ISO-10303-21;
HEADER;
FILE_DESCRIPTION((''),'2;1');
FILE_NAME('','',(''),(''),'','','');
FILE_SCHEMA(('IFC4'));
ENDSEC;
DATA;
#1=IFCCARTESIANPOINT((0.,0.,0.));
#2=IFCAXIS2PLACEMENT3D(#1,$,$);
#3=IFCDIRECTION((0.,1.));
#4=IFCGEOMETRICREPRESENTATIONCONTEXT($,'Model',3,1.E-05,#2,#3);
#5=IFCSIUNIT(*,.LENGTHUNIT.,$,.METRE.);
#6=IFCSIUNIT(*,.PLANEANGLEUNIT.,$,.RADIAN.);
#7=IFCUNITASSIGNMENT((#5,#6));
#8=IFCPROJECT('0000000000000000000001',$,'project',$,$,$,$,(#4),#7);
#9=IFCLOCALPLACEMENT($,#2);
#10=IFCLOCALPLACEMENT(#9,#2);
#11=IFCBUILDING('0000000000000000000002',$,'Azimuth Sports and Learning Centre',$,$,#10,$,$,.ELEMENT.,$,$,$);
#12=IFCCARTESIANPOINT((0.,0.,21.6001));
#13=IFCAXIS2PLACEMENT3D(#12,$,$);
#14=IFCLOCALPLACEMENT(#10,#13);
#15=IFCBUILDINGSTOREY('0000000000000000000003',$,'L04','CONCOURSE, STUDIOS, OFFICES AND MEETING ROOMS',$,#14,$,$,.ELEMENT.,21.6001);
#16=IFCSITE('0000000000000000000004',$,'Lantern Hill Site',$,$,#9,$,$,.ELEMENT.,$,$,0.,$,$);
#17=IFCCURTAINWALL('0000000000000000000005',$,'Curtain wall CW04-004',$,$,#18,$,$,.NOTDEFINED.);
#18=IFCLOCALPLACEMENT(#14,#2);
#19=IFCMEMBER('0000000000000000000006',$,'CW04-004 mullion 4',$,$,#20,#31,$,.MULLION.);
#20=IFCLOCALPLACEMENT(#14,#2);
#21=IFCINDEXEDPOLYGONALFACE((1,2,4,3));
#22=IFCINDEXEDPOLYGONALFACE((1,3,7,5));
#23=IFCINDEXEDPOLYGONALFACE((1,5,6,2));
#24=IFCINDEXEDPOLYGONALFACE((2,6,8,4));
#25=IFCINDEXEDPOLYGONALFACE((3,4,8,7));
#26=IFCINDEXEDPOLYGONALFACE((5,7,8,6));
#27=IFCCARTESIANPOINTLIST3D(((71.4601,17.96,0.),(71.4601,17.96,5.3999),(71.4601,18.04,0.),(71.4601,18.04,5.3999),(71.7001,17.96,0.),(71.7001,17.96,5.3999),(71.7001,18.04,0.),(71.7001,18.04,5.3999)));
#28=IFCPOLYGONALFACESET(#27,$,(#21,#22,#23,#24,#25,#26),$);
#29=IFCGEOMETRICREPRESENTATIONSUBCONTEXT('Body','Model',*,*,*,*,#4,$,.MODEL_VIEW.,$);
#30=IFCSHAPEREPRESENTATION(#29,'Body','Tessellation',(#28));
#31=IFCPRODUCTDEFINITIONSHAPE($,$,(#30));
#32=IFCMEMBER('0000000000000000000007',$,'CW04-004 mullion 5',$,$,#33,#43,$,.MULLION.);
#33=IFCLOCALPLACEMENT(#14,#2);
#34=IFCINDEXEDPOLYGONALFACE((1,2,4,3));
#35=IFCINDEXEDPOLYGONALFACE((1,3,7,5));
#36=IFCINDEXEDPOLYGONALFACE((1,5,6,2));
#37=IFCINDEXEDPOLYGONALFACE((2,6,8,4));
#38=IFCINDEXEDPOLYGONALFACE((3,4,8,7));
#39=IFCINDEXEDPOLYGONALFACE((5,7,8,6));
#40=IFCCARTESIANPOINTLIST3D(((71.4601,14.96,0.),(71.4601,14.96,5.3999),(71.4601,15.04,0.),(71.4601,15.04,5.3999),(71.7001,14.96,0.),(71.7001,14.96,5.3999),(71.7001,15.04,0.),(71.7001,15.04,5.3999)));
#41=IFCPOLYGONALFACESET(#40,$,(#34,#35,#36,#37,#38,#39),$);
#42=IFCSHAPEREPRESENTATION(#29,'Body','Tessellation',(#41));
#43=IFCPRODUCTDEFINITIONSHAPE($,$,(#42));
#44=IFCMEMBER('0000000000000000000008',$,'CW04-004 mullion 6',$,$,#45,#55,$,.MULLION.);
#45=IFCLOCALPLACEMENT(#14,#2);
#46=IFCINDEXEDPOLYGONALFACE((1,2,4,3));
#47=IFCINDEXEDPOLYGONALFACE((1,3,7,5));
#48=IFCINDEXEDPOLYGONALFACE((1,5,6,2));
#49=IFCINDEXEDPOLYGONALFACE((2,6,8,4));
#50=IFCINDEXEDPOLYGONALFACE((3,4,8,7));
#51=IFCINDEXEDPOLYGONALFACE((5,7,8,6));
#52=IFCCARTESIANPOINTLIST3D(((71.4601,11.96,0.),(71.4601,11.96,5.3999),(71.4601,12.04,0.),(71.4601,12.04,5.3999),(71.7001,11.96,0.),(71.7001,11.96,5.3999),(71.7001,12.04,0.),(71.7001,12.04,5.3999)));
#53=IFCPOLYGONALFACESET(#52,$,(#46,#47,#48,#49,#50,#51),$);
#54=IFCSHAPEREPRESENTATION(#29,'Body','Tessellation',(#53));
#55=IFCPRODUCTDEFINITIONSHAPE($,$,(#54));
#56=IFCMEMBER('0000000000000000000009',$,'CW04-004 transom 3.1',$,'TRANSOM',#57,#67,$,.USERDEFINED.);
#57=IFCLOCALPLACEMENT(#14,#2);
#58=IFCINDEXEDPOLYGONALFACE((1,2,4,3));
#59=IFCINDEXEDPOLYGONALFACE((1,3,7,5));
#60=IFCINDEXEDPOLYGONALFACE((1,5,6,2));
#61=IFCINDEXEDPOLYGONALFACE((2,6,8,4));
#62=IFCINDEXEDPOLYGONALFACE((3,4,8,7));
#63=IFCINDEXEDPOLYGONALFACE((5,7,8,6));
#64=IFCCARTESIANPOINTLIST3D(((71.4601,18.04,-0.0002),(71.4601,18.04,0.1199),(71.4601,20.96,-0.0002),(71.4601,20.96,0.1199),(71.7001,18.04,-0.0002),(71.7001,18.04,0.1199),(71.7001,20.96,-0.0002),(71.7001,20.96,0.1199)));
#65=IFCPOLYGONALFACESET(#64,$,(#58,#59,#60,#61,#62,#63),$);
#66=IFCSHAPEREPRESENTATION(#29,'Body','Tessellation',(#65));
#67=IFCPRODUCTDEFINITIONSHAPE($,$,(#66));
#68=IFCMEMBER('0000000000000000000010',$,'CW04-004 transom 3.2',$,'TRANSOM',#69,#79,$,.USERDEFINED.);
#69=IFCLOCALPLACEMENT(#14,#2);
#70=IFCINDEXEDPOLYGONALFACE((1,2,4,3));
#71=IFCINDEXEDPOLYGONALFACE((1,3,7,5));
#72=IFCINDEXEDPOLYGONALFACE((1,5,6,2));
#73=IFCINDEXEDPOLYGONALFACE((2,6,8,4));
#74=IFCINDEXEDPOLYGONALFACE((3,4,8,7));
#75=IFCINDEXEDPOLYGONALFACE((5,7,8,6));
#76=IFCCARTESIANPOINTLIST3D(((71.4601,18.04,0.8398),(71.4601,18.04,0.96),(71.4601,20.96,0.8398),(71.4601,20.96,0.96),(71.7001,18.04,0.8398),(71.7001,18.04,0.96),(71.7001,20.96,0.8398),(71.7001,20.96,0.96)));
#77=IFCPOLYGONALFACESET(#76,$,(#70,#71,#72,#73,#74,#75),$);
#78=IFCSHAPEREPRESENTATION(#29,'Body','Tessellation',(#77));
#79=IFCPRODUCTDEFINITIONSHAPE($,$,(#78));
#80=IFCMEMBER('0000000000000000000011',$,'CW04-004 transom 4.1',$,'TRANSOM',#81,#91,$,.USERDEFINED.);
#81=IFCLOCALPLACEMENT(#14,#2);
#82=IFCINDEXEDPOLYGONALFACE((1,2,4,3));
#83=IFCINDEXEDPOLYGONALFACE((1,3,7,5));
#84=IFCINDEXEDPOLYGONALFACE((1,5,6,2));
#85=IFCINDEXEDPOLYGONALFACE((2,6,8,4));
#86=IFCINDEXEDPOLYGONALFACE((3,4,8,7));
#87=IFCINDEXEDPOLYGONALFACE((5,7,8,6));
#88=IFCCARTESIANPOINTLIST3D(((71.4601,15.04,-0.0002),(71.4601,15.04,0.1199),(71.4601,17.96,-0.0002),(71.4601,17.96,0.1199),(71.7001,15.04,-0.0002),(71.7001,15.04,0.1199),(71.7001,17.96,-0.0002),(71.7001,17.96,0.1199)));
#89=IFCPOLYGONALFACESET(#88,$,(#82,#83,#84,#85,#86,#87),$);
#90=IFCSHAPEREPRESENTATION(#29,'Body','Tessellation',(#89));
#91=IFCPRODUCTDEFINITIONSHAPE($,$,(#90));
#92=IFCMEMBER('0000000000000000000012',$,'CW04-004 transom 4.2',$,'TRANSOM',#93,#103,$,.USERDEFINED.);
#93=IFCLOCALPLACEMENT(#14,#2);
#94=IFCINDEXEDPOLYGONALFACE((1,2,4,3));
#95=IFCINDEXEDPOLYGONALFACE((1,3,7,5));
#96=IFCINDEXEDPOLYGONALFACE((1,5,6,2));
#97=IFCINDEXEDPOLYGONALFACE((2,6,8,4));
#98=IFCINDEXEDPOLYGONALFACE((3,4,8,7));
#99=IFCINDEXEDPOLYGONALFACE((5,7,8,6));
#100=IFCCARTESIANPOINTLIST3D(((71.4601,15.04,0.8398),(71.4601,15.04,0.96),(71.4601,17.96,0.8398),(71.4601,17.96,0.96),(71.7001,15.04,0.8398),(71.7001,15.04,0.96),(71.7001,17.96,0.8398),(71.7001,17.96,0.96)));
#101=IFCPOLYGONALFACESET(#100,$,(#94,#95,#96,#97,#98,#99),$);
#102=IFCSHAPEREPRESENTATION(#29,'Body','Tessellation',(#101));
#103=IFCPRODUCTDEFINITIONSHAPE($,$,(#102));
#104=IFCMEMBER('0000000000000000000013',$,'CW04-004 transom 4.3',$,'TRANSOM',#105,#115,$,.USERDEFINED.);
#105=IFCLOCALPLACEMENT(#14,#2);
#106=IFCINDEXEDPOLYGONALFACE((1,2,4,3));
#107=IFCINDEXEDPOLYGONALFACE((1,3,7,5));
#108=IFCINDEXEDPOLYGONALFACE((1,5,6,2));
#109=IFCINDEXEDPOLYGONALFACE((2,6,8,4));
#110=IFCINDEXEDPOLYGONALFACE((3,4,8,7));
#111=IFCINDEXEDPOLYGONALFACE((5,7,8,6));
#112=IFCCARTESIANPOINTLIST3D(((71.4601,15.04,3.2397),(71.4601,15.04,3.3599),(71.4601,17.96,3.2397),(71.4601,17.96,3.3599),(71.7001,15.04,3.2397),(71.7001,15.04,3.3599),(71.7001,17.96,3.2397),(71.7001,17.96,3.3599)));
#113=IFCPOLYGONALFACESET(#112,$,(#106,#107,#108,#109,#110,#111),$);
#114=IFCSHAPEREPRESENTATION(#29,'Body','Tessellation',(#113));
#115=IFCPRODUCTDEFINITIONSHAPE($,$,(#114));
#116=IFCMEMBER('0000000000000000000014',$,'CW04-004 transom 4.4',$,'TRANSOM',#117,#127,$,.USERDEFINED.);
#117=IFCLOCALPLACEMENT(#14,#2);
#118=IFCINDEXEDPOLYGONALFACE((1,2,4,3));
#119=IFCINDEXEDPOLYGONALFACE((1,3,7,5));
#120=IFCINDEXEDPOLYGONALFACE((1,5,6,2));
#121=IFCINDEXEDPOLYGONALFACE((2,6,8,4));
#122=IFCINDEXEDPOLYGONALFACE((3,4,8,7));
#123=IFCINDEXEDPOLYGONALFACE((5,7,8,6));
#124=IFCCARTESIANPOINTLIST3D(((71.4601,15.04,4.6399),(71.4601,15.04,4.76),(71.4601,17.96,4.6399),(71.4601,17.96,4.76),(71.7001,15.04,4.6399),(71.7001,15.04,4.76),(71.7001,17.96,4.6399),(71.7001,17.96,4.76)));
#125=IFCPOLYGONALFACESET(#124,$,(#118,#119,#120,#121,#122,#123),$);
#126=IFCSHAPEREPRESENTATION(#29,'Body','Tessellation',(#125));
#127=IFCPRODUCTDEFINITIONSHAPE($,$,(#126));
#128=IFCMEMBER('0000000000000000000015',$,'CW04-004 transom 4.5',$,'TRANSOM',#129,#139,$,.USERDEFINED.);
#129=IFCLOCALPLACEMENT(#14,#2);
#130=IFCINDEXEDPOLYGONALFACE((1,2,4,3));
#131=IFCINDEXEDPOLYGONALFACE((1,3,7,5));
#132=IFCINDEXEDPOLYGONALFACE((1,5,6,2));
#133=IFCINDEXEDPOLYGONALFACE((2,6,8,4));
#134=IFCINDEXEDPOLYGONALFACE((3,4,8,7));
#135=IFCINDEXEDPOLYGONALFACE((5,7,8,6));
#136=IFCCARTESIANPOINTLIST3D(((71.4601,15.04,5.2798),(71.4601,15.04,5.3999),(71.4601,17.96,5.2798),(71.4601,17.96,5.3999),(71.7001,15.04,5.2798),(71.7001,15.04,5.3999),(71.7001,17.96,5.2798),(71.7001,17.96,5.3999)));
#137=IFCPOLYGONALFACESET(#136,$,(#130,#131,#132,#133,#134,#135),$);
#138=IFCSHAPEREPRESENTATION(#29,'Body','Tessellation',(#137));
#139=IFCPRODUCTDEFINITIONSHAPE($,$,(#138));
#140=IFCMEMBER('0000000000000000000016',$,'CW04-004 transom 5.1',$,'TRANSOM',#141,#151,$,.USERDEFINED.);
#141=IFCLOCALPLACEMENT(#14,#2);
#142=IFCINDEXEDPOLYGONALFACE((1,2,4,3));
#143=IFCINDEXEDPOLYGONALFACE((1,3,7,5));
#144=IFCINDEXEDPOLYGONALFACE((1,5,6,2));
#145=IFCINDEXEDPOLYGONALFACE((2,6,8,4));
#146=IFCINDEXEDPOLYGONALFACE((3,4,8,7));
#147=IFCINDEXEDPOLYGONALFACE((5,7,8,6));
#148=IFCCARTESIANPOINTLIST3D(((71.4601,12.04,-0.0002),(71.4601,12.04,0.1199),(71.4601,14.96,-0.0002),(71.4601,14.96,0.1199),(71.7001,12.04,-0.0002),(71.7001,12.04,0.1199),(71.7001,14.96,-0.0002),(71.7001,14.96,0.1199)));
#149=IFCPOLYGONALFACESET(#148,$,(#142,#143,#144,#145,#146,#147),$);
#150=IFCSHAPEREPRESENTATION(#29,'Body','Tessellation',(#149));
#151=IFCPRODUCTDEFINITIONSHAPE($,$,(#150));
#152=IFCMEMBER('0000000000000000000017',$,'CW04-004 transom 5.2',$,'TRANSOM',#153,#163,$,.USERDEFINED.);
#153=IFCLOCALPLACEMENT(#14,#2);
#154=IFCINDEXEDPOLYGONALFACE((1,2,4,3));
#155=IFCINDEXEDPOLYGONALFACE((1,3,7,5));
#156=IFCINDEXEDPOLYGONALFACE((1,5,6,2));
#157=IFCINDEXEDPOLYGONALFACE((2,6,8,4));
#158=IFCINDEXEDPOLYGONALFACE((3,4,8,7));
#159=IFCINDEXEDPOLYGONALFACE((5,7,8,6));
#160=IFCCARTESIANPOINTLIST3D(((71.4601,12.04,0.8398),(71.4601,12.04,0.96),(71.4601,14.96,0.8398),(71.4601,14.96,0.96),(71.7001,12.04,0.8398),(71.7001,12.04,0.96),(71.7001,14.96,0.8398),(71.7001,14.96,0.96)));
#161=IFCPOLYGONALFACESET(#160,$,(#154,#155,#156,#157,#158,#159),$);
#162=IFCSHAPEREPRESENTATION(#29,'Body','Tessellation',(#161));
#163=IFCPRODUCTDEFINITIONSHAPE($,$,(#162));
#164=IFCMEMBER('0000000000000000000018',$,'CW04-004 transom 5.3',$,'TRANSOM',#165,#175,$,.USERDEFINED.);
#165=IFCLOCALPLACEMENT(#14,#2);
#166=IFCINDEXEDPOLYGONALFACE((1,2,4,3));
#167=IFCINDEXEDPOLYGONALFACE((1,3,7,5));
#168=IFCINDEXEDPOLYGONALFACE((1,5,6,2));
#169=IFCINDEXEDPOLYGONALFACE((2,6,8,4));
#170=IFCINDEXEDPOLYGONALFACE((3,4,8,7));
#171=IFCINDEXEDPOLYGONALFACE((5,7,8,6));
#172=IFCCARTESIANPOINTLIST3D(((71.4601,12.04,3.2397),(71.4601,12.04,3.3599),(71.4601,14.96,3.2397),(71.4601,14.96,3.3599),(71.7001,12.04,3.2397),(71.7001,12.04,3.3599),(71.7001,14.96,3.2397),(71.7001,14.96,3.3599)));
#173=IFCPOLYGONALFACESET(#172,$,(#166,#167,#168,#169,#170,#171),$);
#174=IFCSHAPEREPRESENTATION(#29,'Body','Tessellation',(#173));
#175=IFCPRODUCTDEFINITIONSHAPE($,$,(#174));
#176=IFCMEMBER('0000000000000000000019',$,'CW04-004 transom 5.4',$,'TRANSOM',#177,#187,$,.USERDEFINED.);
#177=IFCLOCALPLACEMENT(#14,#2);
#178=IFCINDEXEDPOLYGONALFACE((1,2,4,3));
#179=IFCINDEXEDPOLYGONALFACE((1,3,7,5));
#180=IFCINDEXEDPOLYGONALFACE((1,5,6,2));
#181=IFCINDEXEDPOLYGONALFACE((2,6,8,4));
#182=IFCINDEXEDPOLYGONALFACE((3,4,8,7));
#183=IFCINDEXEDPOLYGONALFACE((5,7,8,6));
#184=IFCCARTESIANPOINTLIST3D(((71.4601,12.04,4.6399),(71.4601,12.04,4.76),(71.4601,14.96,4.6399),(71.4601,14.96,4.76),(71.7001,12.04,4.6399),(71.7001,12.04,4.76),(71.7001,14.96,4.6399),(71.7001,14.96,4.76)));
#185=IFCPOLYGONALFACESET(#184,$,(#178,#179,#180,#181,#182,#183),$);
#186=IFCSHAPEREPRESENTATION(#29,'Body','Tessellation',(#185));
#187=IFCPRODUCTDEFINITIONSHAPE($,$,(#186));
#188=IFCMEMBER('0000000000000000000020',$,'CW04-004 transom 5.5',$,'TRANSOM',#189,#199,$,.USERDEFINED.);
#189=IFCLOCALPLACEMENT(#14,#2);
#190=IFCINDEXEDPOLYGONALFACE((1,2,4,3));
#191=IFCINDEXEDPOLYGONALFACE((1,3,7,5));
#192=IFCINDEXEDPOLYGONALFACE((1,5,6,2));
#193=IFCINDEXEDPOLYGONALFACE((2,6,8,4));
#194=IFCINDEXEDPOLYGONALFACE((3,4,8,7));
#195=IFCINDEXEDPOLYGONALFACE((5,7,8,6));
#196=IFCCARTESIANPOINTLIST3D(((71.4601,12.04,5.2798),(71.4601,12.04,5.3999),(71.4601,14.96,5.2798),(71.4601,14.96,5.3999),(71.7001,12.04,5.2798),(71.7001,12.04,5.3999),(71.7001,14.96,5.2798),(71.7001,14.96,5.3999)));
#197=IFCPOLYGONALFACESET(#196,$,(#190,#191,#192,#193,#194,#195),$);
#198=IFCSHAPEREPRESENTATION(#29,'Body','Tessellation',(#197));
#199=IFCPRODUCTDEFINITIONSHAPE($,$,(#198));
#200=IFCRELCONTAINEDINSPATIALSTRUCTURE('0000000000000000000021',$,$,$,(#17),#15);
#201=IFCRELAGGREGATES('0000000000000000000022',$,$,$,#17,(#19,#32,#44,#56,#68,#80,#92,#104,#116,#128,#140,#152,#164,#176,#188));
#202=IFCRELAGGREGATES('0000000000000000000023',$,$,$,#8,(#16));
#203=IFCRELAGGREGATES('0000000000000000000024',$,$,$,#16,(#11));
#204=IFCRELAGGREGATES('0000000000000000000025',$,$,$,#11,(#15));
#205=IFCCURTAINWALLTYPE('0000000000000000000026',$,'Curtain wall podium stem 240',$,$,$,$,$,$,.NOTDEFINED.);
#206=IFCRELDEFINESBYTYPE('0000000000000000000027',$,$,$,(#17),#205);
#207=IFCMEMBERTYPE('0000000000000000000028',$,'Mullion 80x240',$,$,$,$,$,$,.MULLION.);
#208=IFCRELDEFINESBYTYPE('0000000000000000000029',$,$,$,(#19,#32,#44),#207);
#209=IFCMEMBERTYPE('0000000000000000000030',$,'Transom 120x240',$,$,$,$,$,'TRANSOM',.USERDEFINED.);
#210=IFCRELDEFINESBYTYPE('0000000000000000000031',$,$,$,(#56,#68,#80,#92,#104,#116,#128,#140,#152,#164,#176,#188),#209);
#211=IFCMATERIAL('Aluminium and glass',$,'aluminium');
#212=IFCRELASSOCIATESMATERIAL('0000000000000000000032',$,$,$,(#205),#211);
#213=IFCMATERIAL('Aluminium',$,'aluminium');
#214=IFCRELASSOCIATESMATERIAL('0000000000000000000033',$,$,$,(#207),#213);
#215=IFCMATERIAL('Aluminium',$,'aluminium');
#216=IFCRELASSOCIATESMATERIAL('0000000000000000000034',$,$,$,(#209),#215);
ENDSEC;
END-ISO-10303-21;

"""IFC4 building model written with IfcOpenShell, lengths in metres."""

from ifc_helpers import new_model, si_unit, direction, frame, origin, origin_2d, place, context, subcontext, project, spatial, rectangle, extrude, material, material_profile, profile_set, type_object, element, aggregate, save


model = new_model("IFC4")

# Units and contexts
model_context = context("Model", 3, precision=1e-05, world=origin(), true_north=direction((0.0, 1.0)))
body_context = subcontext(model_context, "Body", "Model", "MODEL_VIEW")
ifc_project = project(units=[si_unit("LENGTHUNIT", "METRE"), si_unit("PLANEANGLEUNIT", "RADIAN")], contexts=[model_context])

# Site, building, storey
site_placement = place(None, origin())
site = spatial("IfcSite", under=ifc_project, at=site_placement, Name="Lantern Hill Site", CompositionType="ELEMENT", RefElevation=0.0)
building_placement = place(site_placement, origin())
building = spatial("IfcBuilding", under=site, at=building_placement, Name="Azimuth Sports and Learning Centre", CompositionType="ELEMENT")
storey_placement = place(building_placement, frame((0.0, 0.0, 21.6001)))
storey = spatial("IfcBuildingStorey", under=building, at=storey_placement, Name="L04", Description="CONCOURSE, STUDIOS, OFFICES AND MEETING ROOMS", CompositionType="ELEMENT", Elevation=21.6001)

# Curtain wall, members
ifc_material_1 = material(Name="Aluminium and glass", Category="aluminium")
curtain_wall_type = type_object("IfcCurtainWallType", Name="Curtain wall podium stem 240", PredefinedType="NOTDEFINED", material=ifc_material_1)
curtain_wall_placement = place(storey_placement, origin())
curtain_wall = element("IfcCurtainWall", 1, at=curtain_wall_placement, inside=storey, type_object=curtain_wall_type, Name="Curtain wall CW04-004", PredefinedType="NOTDEFINED")
ifc_material_2 = material(Name="Aluminium", Category="aluminium")
ifc_material_profile_1 = material_profile(ifc_material_2, rectangle(XDim=0.24, YDim=0.0801, at=origin_2d()), Name="Mullion 80x240")
ifc_profile_set_1 = profile_set([ifc_material_profile_1], Name="Aluminium")
member_type_1 = type_object("IfcMemberType", Name="Mullion 80x240", PredefinedType="MULLION", material=ifc_profile_set_1)
member_1_placement = place(storey_placement, frame((71.5801, 18.0, 0.0), z_axis=(0.0, 0.0, 1.0), x_axis=(1.0, 0.0, 0.0)))
member_1 = element("IfcMember", 2, at=member_1_placement, type_object=member_type_1, Name="CW04-004 mullion 4", PredefinedType="MULLION", context=body_context, shape_type="SweptSolid", body=[
    extrude(rectangle(XDim=0.24, YDim=0.0801, at=origin_2d()), origin(), (0.0, 0.0, 1.0), 5.3999),
])
member_2_placement = place(storey_placement, frame((71.5801, 15.0, 0.0), z_axis=(0.0, 0.0, 1.0), x_axis=(1.0, 0.0, 0.0)))
member_2 = element("IfcMember", 3, at=member_2_placement, type_object=member_type_1, Name="CW04-004 mullion 5", PredefinedType="MULLION", context=body_context, shape_type="SweptSolid", body=[
    extrude(rectangle(XDim=0.24, YDim=0.0801, at=origin_2d()), origin(), (0.0, 0.0, 1.0), 5.3999),
])
member_3_placement = place(storey_placement, frame((71.5801, 12.0, 0.0), z_axis=(0.0, 0.0, 1.0), x_axis=(1.0, 0.0, 0.0)))
member_3 = element("IfcMember", 4, at=member_3_placement, type_object=member_type_1, Name="CW04-004 mullion 6", PredefinedType="MULLION", context=body_context, shape_type="SweptSolid", body=[
    extrude(rectangle(XDim=0.24, YDim=0.0801, at=origin_2d()), origin(), (0.0, 0.0, 1.0), 5.3999),
])
ifc_material_3 = material(Name="Aluminium", Category="aluminium")
ifc_material_profile_2 = material_profile(ifc_material_3, rectangle(XDim=0.24, YDim=0.1201, at=origin_2d()), Name="Transom 120x240")
ifc_profile_set_2 = profile_set([ifc_material_profile_2], Name="Aluminium")
member_type_2 = type_object("IfcMemberType", Name="Transom 120x240", ElementType="TRANSOM", PredefinedType="USERDEFINED", material=ifc_profile_set_2)
member_4_placement = place(storey_placement, frame((71.5801, 20.96, 0.0598), z_axis=(0.0, -1.0, 0.0), x_axis=(1.0, 0.0, 0.0)))
member_4 = element("IfcMember", 5, at=member_4_placement, type_object=member_type_2, Name="CW04-004 transom 3.1", ObjectType="TRANSOM", PredefinedType="USERDEFINED", context=body_context, shape_type="SweptSolid", body=[
    extrude(rectangle(XDim=0.24, YDim=0.1201, at=origin_2d()), origin(), (0.0, 0.0, 1.0), 2.9199),
])
member_5_placement = place(storey_placement, frame((71.5801, 20.96, 0.8999), z_axis=(0.0, -1.0, 0.0), x_axis=(1.0, 0.0, 0.0)))
member_5 = element("IfcMember", 6, at=member_5_placement, type_object=member_type_2, Name="CW04-004 transom 3.2", ObjectType="TRANSOM", PredefinedType="USERDEFINED", context=body_context, shape_type="SweptSolid", body=[
    extrude(rectangle(XDim=0.24, YDim=0.1201, at=origin_2d()), origin(), (0.0, 0.0, 1.0), 2.9199),
])
member_6_placement = place(storey_placement, frame((71.5801, 17.96, 0.0598), z_axis=(0.0, -1.0, 0.0), x_axis=(1.0, 0.0, 0.0)))
member_6 = element("IfcMember", 7, at=member_6_placement, type_object=member_type_2, Name="CW04-004 transom 4.1", ObjectType="TRANSOM", PredefinedType="USERDEFINED", context=body_context, shape_type="SweptSolid", body=[
    extrude(rectangle(XDim=0.24, YDim=0.1201, at=origin_2d()), origin(), (0.0, 0.0, 1.0), 2.9199),
])
member_7_placement = place(storey_placement, frame((71.5801, 17.96, 0.8999), z_axis=(0.0, -1.0, 0.0), x_axis=(1.0, 0.0, 0.0)))
member_7 = element("IfcMember", 8, at=member_7_placement, type_object=member_type_2, Name="CW04-004 transom 4.2", ObjectType="TRANSOM", PredefinedType="USERDEFINED", context=body_context, shape_type="SweptSolid", body=[
    extrude(rectangle(XDim=0.24, YDim=0.1201, at=origin_2d()), origin(), (0.0, 0.0, 1.0), 2.9199),
])
member_8_placement = place(storey_placement, frame((71.5801, 17.96, 3.2998), z_axis=(0.0, -1.0, 0.0), x_axis=(1.0, 0.0, 0.0)))
member_8 = element("IfcMember", 9, at=member_8_placement, type_object=member_type_2, Name="CW04-004 transom 4.3", ObjectType="TRANSOM", PredefinedType="USERDEFINED", context=body_context, shape_type="SweptSolid", body=[
    extrude(rectangle(XDim=0.24, YDim=0.1201, at=origin_2d()), origin(), (0.0, 0.0, 1.0), 2.9199),
])
member_9_placement = place(storey_placement, frame((71.5801, 17.96, 4.7), z_axis=(0.0, -1.0, 0.0), x_axis=(1.0, 0.0, 0.0)))
member_9 = element("IfcMember", 10, at=member_9_placement, type_object=member_type_2, Name="CW04-004 transom 4.4", ObjectType="TRANSOM", PredefinedType="USERDEFINED", context=body_context, shape_type="SweptSolid", body=[
    extrude(rectangle(XDim=0.24, YDim=0.1201, at=origin_2d()), origin(), (0.0, 0.0, 1.0), 2.9199),
])
member_10_placement = place(storey_placement, frame((71.5801, 17.96, 5.3398), z_axis=(0.0, -1.0, 0.0), x_axis=(1.0, 0.0, 0.0)))
member_10 = element("IfcMember", 11, at=member_10_placement, type_object=member_type_2, Name="CW04-004 transom 4.5", ObjectType="TRANSOM", PredefinedType="USERDEFINED", context=body_context, shape_type="SweptSolid", body=[
    extrude(rectangle(XDim=0.24, YDim=0.1201, at=origin_2d()), origin(), (0.0, 0.0, 1.0), 2.9199),
])
member_11_placement = place(storey_placement, frame((71.5801, 14.96, 0.0598), z_axis=(0.0, -1.0, 0.0), x_axis=(1.0, 0.0, 0.0)))
member_11 = element("IfcMember", 12, at=member_11_placement, type_object=member_type_2, Name="CW04-004 transom 5.1", ObjectType="TRANSOM", PredefinedType="USERDEFINED", context=body_context, shape_type="SweptSolid", body=[
    extrude(rectangle(XDim=0.24, YDim=0.1201, at=origin_2d()), origin(), (0.0, 0.0, 1.0), 2.9199),
])
member_12_placement = place(storey_placement, frame((71.5801, 14.96, 0.8999), z_axis=(0.0, -1.0, 0.0), x_axis=(1.0, 0.0, 0.0)))
member_12 = element("IfcMember", 13, at=member_12_placement, type_object=member_type_2, Name="CW04-004 transom 5.2", ObjectType="TRANSOM", PredefinedType="USERDEFINED", context=body_context, shape_type="SweptSolid", body=[
    extrude(rectangle(XDim=0.24, YDim=0.1201, at=origin_2d()), origin(), (0.0, 0.0, 1.0), 2.9199),
])
member_13_placement = place(storey_placement, frame((71.5801, 14.96, 3.2998), z_axis=(0.0, -1.0, 0.0), x_axis=(1.0, 0.0, 0.0)))
member_13 = element("IfcMember", 14, at=member_13_placement, type_object=member_type_2, Name="CW04-004 transom 5.3", ObjectType="TRANSOM", PredefinedType="USERDEFINED", context=body_context, shape_type="SweptSolid", body=[
    extrude(rectangle(XDim=0.24, YDim=0.1201, at=origin_2d()), origin(), (0.0, 0.0, 1.0), 2.9199),
])
member_14_placement = place(storey_placement, frame((71.5801, 14.96, 4.7), z_axis=(0.0, -1.0, 0.0), x_axis=(1.0, 0.0, 0.0)))
member_14 = element("IfcMember", 15, at=member_14_placement, type_object=member_type_2, Name="CW04-004 transom 5.4", ObjectType="TRANSOM", PredefinedType="USERDEFINED", context=body_context, shape_type="SweptSolid", body=[
    extrude(rectangle(XDim=0.24, YDim=0.1201, at=origin_2d()), origin(), (0.0, 0.0, 1.0), 2.9199),
])
member_15_placement = place(storey_placement, frame((71.5801, 14.96, 5.3398), z_axis=(0.0, -1.0, 0.0), x_axis=(1.0, 0.0, 0.0)))
member_15 = element("IfcMember", 16, at=member_15_placement, type_object=member_type_2, Name="CW04-004 transom 5.5", ObjectType="TRANSOM", PredefinedType="USERDEFINED", context=body_context, shape_type="SweptSolid", body=[
    extrude(rectangle(XDim=0.24, YDim=0.1201, at=origin_2d()), origin(), (0.0, 0.0, 1.0), 2.9199),
])
aggregate(curtain_wall, [member_1, member_2, member_3, member_4, member_5, member_6, member_7, member_8, member_9, member_10, member_11, member_12, member_13, member_14, member_15])

save(model, "model.ifc")
